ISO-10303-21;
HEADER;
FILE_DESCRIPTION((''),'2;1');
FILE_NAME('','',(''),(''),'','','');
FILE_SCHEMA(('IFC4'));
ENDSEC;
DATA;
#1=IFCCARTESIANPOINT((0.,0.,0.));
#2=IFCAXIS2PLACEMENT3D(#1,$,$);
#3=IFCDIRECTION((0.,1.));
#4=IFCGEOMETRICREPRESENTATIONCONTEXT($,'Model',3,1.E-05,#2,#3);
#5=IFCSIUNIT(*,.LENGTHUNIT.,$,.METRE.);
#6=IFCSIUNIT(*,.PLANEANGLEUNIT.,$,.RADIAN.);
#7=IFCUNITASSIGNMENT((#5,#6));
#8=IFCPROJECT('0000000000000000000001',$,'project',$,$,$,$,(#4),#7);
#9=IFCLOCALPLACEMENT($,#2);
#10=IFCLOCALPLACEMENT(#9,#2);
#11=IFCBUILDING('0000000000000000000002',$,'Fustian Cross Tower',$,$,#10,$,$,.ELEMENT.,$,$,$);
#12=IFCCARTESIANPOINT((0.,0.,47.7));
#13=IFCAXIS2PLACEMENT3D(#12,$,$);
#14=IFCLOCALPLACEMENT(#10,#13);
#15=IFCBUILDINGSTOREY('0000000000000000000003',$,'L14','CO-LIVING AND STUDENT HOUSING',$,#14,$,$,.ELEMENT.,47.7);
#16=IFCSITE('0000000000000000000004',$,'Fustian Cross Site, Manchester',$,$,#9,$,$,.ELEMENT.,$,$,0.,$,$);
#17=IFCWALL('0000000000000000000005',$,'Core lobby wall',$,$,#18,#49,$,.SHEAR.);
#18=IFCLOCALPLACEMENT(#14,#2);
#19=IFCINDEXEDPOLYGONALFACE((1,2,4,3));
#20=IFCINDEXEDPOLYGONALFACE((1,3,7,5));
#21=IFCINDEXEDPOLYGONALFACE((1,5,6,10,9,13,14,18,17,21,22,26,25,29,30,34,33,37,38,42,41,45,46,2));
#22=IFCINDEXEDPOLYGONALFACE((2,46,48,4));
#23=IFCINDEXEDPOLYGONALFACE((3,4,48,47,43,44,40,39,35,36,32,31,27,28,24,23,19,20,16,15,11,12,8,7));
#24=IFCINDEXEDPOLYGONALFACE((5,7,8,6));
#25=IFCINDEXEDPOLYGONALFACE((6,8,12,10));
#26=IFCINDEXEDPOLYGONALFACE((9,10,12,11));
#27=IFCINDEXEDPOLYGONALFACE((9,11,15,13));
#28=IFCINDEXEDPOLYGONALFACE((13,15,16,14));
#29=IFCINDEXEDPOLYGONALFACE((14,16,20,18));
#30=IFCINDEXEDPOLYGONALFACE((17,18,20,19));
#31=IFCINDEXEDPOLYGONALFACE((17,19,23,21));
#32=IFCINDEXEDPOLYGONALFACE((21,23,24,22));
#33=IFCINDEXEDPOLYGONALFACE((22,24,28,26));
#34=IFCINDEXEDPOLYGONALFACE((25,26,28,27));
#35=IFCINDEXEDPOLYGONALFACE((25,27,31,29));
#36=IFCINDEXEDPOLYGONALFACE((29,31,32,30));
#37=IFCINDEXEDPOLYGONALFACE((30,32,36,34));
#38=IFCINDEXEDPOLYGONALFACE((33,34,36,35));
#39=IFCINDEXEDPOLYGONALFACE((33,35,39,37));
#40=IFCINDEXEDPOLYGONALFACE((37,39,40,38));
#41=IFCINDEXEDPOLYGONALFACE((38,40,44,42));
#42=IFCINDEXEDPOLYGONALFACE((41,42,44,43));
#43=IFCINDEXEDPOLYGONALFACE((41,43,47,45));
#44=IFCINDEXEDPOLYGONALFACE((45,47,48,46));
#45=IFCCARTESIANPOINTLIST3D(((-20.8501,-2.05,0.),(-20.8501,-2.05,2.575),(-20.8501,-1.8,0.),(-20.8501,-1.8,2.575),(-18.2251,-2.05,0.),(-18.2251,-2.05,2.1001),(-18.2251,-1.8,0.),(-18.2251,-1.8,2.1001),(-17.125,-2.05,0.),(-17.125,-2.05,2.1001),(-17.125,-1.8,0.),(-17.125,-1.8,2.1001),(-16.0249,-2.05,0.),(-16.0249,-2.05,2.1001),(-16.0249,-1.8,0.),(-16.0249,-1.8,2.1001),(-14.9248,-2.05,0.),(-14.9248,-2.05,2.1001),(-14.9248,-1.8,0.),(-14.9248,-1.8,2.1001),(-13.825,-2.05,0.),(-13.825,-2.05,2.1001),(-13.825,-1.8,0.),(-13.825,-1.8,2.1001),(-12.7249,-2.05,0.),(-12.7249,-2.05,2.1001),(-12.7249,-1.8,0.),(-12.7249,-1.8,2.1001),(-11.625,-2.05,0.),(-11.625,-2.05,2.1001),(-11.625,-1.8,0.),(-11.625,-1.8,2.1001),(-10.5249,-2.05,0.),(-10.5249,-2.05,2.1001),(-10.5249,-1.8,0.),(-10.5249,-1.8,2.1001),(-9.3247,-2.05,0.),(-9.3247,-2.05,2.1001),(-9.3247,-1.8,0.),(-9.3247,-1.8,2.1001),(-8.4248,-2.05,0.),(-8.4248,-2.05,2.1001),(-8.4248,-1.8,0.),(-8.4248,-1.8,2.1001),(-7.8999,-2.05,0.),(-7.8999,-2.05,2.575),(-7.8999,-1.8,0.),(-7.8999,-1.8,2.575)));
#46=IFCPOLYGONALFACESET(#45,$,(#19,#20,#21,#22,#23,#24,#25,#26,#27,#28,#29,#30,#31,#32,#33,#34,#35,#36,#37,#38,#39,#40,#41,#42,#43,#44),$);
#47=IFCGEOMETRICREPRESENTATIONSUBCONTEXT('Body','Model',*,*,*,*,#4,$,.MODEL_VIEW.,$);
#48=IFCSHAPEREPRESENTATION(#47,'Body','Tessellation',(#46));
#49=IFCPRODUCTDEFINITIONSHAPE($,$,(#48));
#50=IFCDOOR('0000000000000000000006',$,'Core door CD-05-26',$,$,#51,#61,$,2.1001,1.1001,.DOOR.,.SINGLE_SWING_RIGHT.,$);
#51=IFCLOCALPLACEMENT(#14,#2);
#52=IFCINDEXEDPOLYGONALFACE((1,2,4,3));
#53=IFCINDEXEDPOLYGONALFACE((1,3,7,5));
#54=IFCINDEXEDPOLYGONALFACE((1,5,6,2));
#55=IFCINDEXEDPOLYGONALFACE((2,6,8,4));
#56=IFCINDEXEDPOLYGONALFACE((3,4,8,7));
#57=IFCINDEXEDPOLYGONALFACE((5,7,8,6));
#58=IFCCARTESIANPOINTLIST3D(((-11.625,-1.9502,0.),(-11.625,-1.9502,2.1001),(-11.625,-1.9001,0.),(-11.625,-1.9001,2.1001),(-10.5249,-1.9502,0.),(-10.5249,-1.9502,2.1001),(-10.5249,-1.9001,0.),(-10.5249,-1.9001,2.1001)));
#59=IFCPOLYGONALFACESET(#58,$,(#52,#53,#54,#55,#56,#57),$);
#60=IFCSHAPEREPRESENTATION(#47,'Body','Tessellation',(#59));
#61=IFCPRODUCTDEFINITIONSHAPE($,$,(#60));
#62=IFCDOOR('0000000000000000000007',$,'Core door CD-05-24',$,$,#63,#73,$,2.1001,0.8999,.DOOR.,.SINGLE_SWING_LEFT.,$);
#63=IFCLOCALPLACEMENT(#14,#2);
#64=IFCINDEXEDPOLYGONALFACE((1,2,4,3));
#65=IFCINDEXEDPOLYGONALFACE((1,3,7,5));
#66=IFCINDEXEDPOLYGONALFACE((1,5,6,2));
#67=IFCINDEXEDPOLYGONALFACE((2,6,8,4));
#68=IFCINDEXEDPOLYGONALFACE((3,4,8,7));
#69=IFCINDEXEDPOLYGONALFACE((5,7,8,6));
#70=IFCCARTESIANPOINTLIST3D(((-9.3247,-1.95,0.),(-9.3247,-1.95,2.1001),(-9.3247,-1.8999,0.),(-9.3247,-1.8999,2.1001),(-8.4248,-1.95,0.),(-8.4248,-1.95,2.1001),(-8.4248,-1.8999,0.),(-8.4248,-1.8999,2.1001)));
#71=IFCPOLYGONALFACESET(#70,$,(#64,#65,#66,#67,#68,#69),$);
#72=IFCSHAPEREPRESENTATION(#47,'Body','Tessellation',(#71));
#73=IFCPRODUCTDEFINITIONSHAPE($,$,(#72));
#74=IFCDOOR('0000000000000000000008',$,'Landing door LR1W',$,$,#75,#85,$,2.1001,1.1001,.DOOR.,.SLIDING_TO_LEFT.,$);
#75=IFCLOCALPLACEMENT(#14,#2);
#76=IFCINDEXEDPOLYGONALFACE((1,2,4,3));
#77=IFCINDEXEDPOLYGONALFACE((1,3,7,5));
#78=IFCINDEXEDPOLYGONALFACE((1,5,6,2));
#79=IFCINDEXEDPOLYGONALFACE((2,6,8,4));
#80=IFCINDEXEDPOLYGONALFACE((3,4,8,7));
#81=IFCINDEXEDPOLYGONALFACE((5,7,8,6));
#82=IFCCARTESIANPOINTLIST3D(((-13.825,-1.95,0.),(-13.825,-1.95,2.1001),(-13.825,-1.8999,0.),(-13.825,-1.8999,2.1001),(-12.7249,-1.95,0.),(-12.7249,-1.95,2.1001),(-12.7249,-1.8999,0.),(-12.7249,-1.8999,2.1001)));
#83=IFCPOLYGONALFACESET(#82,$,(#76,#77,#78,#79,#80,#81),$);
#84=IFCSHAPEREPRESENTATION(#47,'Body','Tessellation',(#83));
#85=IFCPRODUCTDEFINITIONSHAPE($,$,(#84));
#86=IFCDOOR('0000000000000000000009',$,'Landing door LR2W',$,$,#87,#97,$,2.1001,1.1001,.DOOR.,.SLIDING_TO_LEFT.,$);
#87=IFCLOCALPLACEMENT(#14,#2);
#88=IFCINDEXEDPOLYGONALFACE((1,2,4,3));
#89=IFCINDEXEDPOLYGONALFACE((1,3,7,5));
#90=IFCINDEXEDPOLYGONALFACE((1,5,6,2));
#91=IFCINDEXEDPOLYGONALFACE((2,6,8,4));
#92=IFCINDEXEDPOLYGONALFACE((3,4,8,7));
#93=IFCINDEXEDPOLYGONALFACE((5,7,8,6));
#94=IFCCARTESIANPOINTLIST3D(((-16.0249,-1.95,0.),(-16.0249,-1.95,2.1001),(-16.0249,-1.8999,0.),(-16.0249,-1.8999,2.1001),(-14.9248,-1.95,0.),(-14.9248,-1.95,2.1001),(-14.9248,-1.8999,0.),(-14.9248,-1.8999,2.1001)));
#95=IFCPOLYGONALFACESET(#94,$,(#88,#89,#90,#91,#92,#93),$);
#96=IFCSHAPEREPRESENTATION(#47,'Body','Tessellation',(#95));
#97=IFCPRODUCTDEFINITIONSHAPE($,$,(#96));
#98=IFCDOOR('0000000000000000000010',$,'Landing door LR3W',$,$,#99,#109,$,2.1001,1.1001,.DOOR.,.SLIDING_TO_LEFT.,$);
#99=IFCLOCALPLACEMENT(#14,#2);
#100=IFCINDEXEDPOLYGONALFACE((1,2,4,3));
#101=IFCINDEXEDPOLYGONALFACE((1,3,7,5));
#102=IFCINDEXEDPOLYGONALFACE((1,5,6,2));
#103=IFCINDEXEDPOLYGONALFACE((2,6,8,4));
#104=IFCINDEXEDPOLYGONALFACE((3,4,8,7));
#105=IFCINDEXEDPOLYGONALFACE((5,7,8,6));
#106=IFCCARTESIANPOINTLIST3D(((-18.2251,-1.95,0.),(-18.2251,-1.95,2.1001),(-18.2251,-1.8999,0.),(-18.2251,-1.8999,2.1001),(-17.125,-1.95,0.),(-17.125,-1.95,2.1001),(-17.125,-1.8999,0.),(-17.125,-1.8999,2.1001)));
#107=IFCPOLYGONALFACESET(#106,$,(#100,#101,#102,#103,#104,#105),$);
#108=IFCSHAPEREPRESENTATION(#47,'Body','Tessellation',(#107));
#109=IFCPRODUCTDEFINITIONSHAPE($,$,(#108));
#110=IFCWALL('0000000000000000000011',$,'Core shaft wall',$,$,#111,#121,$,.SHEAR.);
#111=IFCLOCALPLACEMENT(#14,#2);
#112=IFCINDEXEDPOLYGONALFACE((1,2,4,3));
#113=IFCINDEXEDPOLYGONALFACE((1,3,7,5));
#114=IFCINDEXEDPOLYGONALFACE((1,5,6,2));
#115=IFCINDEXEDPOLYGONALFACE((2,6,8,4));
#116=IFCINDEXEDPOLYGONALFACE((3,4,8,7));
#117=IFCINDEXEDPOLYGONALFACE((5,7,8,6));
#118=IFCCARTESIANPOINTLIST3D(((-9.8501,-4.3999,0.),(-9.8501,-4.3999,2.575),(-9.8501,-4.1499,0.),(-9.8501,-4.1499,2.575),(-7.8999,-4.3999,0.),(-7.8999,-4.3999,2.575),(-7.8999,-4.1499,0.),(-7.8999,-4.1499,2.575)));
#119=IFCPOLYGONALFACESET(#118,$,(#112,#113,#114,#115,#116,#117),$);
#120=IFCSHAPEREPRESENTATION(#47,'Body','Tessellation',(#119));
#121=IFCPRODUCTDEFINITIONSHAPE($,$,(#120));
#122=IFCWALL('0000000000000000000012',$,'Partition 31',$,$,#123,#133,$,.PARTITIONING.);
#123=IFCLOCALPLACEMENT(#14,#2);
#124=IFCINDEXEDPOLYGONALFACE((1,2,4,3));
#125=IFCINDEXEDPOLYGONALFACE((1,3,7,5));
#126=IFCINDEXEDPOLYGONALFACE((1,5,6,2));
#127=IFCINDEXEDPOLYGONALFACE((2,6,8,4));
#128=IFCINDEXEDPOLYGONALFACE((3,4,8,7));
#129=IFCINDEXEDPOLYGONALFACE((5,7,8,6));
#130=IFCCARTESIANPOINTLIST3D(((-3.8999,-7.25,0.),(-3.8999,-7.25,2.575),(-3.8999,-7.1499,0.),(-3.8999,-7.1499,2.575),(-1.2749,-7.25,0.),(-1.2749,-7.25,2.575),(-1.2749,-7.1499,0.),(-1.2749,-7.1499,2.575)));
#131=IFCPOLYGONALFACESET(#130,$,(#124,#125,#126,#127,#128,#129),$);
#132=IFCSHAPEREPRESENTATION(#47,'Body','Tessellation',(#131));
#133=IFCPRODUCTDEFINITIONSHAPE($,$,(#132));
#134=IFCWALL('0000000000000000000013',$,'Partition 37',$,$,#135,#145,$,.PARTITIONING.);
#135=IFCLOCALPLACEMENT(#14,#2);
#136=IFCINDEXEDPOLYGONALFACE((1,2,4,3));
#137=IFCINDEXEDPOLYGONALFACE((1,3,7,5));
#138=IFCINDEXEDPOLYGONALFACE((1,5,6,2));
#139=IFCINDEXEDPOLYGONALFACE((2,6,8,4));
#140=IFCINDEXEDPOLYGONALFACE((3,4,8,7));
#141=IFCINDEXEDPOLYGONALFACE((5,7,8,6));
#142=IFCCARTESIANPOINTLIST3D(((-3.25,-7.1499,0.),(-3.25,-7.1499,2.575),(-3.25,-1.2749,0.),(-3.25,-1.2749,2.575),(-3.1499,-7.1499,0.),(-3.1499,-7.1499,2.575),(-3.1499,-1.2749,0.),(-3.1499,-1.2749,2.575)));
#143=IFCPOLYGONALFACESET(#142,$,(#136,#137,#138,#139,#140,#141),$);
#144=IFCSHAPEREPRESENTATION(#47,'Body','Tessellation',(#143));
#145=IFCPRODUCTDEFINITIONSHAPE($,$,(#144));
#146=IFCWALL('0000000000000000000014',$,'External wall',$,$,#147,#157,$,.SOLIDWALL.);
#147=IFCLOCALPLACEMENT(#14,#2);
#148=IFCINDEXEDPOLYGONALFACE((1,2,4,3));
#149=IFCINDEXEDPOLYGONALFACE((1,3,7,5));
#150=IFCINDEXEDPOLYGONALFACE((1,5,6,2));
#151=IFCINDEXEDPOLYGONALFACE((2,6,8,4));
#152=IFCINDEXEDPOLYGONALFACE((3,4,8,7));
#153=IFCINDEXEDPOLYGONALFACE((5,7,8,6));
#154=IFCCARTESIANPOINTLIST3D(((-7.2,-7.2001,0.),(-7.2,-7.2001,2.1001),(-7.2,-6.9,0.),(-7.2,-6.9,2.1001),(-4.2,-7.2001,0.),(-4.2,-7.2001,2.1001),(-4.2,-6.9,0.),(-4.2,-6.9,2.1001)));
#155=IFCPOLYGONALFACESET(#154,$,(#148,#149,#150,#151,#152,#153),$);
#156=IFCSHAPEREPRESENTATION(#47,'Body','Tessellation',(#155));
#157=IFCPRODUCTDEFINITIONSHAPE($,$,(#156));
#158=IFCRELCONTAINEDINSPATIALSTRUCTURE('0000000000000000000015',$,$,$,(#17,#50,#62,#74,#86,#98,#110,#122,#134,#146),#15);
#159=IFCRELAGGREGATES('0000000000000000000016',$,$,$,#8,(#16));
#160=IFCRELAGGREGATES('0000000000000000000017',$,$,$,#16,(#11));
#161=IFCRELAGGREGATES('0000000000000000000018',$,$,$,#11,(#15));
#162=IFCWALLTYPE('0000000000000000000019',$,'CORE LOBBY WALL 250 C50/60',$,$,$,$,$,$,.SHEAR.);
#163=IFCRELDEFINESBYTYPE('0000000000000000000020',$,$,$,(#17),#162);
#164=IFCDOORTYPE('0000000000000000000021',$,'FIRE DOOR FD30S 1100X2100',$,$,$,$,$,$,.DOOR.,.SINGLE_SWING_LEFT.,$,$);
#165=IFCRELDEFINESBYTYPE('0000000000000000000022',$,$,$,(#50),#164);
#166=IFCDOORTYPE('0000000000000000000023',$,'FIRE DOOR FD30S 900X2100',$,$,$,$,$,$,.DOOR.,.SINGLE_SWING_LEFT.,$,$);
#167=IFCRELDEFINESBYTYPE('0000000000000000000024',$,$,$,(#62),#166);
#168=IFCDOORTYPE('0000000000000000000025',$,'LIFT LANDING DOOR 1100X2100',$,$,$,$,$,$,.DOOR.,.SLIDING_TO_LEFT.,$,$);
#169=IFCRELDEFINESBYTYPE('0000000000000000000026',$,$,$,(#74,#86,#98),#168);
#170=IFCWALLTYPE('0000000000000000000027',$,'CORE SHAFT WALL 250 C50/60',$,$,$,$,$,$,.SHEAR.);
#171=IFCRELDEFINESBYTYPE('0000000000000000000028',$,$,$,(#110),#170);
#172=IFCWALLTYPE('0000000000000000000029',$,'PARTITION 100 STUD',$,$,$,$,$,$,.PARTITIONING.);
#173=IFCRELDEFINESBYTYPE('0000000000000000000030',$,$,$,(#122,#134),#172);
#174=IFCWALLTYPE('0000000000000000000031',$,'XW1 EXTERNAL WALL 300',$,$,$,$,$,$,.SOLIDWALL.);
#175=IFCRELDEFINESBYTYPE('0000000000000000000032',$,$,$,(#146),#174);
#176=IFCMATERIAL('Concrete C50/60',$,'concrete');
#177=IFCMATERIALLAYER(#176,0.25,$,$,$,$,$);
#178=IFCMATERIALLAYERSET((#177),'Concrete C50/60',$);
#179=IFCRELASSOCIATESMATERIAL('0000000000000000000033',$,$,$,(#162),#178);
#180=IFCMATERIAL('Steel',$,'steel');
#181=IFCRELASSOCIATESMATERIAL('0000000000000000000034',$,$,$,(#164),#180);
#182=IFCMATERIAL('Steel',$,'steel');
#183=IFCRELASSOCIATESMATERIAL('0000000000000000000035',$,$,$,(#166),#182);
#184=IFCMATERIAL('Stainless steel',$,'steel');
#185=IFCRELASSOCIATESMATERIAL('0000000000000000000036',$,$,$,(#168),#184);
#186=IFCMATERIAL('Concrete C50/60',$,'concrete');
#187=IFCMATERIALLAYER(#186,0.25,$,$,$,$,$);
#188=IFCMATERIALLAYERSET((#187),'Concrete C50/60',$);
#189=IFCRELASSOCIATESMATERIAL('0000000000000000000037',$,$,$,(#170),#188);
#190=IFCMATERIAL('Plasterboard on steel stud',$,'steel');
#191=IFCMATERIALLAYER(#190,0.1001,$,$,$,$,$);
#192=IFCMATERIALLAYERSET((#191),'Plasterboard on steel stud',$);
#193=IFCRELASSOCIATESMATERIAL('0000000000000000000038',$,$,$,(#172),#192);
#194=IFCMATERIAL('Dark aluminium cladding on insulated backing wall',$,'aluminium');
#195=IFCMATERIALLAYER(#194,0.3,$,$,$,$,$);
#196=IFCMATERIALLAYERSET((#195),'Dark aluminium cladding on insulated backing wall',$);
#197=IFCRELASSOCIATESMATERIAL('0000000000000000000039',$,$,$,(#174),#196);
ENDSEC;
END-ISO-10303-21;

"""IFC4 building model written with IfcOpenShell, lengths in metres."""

from ifc_helpers import new_model, si_unit, direction, frame, frame_2d, origin, place, context, subcontext, project, spatial, rectangle, extrude, material, layer, layer_set, type_object, element, fill, save


model = new_model("IFC4")

# Units and contexts
model_context = context("Model", 3, precision=1e-05, world=origin(), true_north=direction((0.0, 1.0)))
body_context = subcontext(model_context, "Body", "Model", "MODEL_VIEW")
ifc_project = project(units=[si_unit("LENGTHUNIT", "METRE"), si_unit("PLANEANGLEUNIT", "RADIAN")], contexts=[model_context])

# Site, building, storey
site_placement = place(None, origin())
site = spatial("IfcSite", under=ifc_project, at=site_placement, Name="Fustian Cross Site, Manchester", CompositionType="ELEMENT", RefElevation=0.0)
building_placement = place(site_placement, origin())
building = spatial("IfcBuilding", under=site, at=building_placement, Name="Fustian Cross Tower", CompositionType="ELEMENT")
storey_placement = place(building_placement, frame((0.0, 0.0, 47.7)))
storey = spatial("IfcBuildingStorey", under=building, at=storey_placement, Name="L14", Description="CO-LIVING AND STUDENT HOUSING", CompositionType="ELEMENT", Elevation=47.7)

# Wall, openings, doors
ifc_material_1 = material(Name="Concrete C50/60", Category="concrete")
ifc_layer_1 = layer(ifc_material_1, 0.25)
ifc_layer_set_1 = layer_set([ifc_layer_1], Name="Concrete C50/60")
wall_type_1 = type_object("IfcWallType", Name="CORE LOBBY WALL 250 C50/60", PredefinedType="SHEAR", material=ifc_layer_set_1)
wall_1_placement = place(storey_placement, frame((-7.8999, -1.925, 0.0), z_axis=(0.0, 0.0, 1.0), x_axis=(-1.0, 0.0, 0.0)))
wall_1 = element("IfcWall", 1, at=wall_1_placement, inside=storey, type_object=wall_type_1, Name="Core lobby wall", PredefinedType="SHEAR", context=body_context, shape_type="SweptSolid", body=[
    extrude(rectangle(XDim=12.9502, YDim=0.25, at=frame_2d((6.4751, 0.0))), origin(), (0.0, 0.0, 1.0), 2.575),
])
opening_1_placement = place(wall_1_placement, frame((4.825, 0.0, 0.0)))
opening_1 = element("IfcOpeningElement", 2, at=opening_1_placement, cuts=wall_1, PredefinedType="OPENING", context=body_context, shape_type="SweptSolid", body=[
    extrude(rectangle(XDim=1.1001, YDim=2.1001, at=frame_2d((0.55, 1.05))), frame((0.0, 0.135, 0.0), z_axis=(0.0, -1.0, 0.0), x_axis=(1.0, 0.0, 0.0)), (0.0, 0.0, 1.0), 0.27),
])
opening_2_placement = place(wall_1_placement, frame((7.0249, 0.0, 0.0)))
opening_2 = element("IfcOpeningElement", 3, at=opening_2_placement, cuts=wall_1, PredefinedType="OPENING", context=body_context, shape_type="SweptSolid", body=[
    extrude(rectangle(XDim=1.1001, YDim=2.1001, at=frame_2d((0.55, 1.05))), frame((0.0, 0.135, 0.0), z_axis=(0.0, -1.0, 0.0), x_axis=(1.0, 0.0, 0.0)), (0.0, 0.0, 1.0), 0.27),
])
opening_3_placement = place(wall_1_placement, frame((9.2251, 0.0, 0.0)))
opening_3 = element("IfcOpeningElement", 4, at=opening_3_placement, cuts=wall_1, PredefinedType="OPENING", context=body_context, shape_type="SweptSolid", body=[
    extrude(rectangle(XDim=1.1001, YDim=2.1001, at=frame_2d((0.55, 1.05))), frame((0.0, 0.135, 0.0), z_axis=(0.0, -1.0, 0.0), x_axis=(1.0, 0.0, 0.0)), (0.0, 0.0, 1.0), 0.27),
])
opening_4_placement = place(wall_1_placement, frame((0.5249, 0.0, 0.0)))
opening_4 = element("IfcOpeningElement", 5, at=opening_4_placement, cuts=wall_1, PredefinedType="OPENING", context=body_context, shape_type="SweptSolid", body=[
    extrude(rectangle(XDim=0.8999, YDim=2.1001, at=frame_2d((0.45, 1.05))), frame((0.0, 0.135, 0.0), z_axis=(0.0, -1.0, 0.0), x_axis=(1.0, 0.0, 0.0)), (0.0, 0.0, 1.0), 0.27),
])
opening_5_placement = place(wall_1_placement, frame((2.625, 0.0, 0.0)))
opening_5 = element("IfcOpeningElement", 6, at=opening_5_placement, cuts=wall_1, PredefinedType="OPENING", context=body_context, shape_type="SweptSolid", body=[
    extrude(rectangle(XDim=1.1001, YDim=2.1001, at=frame_2d((0.55, 1.05))), frame((0.0, 0.135, 0.0), z_axis=(0.0, -1.0, 0.0), x_axis=(1.0, 0.0, 0.0)), (0.0, 0.0, 1.0), 0.27),
])
ifc_material_2 = material(Name="Steel", Category="steel")
door_type_1 = type_object("IfcDoorType", Name="FIRE DOOR FD30S 1100X2100", OperationType="SINGLE_SWING_LEFT", PredefinedType="DOOR", material=ifc_material_2)
door_1_placement = place(opening_5_placement, frame((1.1001, 0.0, 0.0), z_axis=(0.0, 0.0, 1.0), x_axis=(-1.0, 0.0, 0.0)))
door_1 = element("IfcDoor", 7, at=door_1_placement, inside=storey, type_object=door_type_1, Name="Core door CD-05-26", OperationType="SINGLE_SWING_RIGHT", OverallHeight=2.1001, OverallWidth=1.1001, PredefinedType="DOOR", context=body_context, shape_type="SweptSolid", body=[
    extrude(rectangle(XDim=1.1001, YDim=2.1001, at=frame_2d((0.55, 1.05))), frame((0.0, 0.0249, 0.0), z_axis=(0.0, -1.0, 0.0), x_axis=(1.0, 0.0, 0.0)), (0.0, 0.0, 1.0), 0.05),
])
fill(opening_5, door_1)
ifc_material_3 = material(Name="Steel", Category="steel")
door_type_2 = type_object("IfcDoorType", Name="FIRE DOOR FD30S 900X2100", OperationType="SINGLE_SWING_LEFT", PredefinedType="DOOR", material=ifc_material_3)
door_2_placement = place(opening_4_placement, origin())
door_2 = element("IfcDoor", 8, at=door_2_placement, inside=storey, type_object=door_type_2, Name="Core door CD-05-24", OperationType="SINGLE_SWING_LEFT", OverallHeight=2.1001, OverallWidth=0.8999, PredefinedType="DOOR", context=body_context, shape_type="SweptSolid", body=[
    extrude(rectangle(XDim=0.8999, YDim=2.1001, at=frame_2d((0.45, 1.05))), frame((0.0, 0.0249, 0.0), z_axis=(0.0, -1.0, 0.0), x_axis=(1.0, 0.0, 0.0)), (0.0, 0.0, 1.0), 0.05),
])
fill(opening_4, door_2)
ifc_material_4 = material(Name="Stainless steel", Category="steel")
door_type_3 = type_object("IfcDoorType", Name="LIFT LANDING DOOR 1100X2100", OperationType="SLIDING_TO_LEFT", PredefinedType="DOOR", material=ifc_material_4)
door_3_placement = place(opening_1_placement, origin())
door_3 = element("IfcDoor", 9, at=door_3_placement, inside=storey, type_object=door_type_3, Name="Landing door LR1W", OperationType="SLIDING_TO_LEFT", OverallHeight=2.1001, OverallWidth=1.1001, PredefinedType="DOOR", context=body_context, shape_type="SweptSolid", body=[
    extrude(rectangle(XDim=1.1001, YDim=2.1001, at=frame_2d((0.55, 1.05))), frame((0.0, 0.0249, 0.0), z_axis=(0.0, -1.0, 0.0), x_axis=(1.0, 0.0, 0.0)), (0.0, 0.0, 1.0), 0.05),
])
fill(opening_1, door_3)
door_4_placement = place(opening_2_placement, origin())
door_4 = element("IfcDoor", 10, at=door_4_placement, inside=storey, type_object=door_type_3, Name="Landing door LR2W", OperationType="SLIDING_TO_LEFT", OverallHeight=2.1001, OverallWidth=1.1001, PredefinedType="DOOR", context=body_context, shape_type="SweptSolid", body=[
    extrude(rectangle(XDim=1.1001, YDim=2.1001, at=frame_2d((0.55, 1.05))), frame((0.0, 0.0249, 0.0), z_axis=(0.0, -1.0, 0.0), x_axis=(1.0, 0.0, 0.0)), (0.0, 0.0, 1.0), 0.05),
])
fill(opening_2, door_4)
door_5_placement = place(opening_3_placement, origin())
door_5 = element("IfcDoor", 11, at=door_5_placement, inside=storey, type_object=door_type_3, Name="Landing door LR3W", OperationType="SLIDING_TO_LEFT", OverallHeight=2.1001, OverallWidth=1.1001, PredefinedType="DOOR", context=body_context, shape_type="SweptSolid", body=[
    extrude(rectangle(XDim=1.1001, YDim=2.1001, at=frame_2d((0.55, 1.05))), frame((0.0, 0.0249, 0.0), z_axis=(0.0, -1.0, 0.0), x_axis=(1.0, 0.0, 0.0)), (0.0, 0.0, 1.0), 0.05),
])
fill(opening_3, door_5)

# Walls
ifc_material_5 = material(Name="Concrete C50/60", Category="concrete")
ifc_layer_2 = layer(ifc_material_5, 0.25)
ifc_layer_set_2 = layer_set([ifc_layer_2], Name="Concrete C50/60")
wall_type_2 = type_object("IfcWallType", Name="CORE SHAFT WALL 250 C50/60", PredefinedType="SHEAR", material=ifc_layer_set_2)
wall_2_placement = place(storey_placement, frame((-7.8999, -4.2749, 0.0), z_axis=(0.0, 0.0, 1.0), x_axis=(-1.0, 0.0, 0.0)))
element("IfcWall", 12, at=wall_2_placement, inside=storey, type_object=wall_type_2, Name="Core shaft wall", PredefinedType="SHEAR", context=body_context, shape_type="SweptSolid", body=[
    extrude(rectangle(XDim=1.9502, YDim=0.25, at=frame_2d((0.9751, 0.0))), origin(), (0.0, 0.0, 1.0), 2.575),
])
ifc_material_6 = material(Name="Plasterboard on steel stud", Category="steel")
ifc_layer_3 = layer(ifc_material_6, 0.1001)
ifc_layer_set_3 = layer_set([ifc_layer_3], Name="Plasterboard on steel stud")
wall_type_3 = type_object("IfcWallType", Name="PARTITION 100 STUD", PredefinedType="PARTITIONING", material=ifc_layer_set_3)
wall_3_placement = place(storey_placement, frame((-3.8999, -7.2, 0.0), z_axis=(0.0, 0.0, 1.0), x_axis=(1.0, 0.0, 0.0)))
element("IfcWall", 13, at=wall_3_placement, inside=storey, type_object=wall_type_3, Name="Partition 31", PredefinedType="PARTITIONING", context=body_context, shape_type="SweptSolid", body=[
    extrude(rectangle(XDim=2.625, YDim=0.1001, at=frame_2d((1.3125, 0.0))), origin(), (0.0, 0.0, 1.0), 2.575),
])
wall_4_placement = place(storey_placement, frame((-3.2, -7.1499, 0.0), z_axis=(0.0, 0.0, 1.0), x_axis=(0.0, 1.0, 0.0)))
element("IfcWall", 14, at=wall_4_placement, inside=storey, type_object=wall_type_3, Name="Partition 37", PredefinedType="PARTITIONING", context=body_context, shape_type="SweptSolid", body=[
    extrude(rectangle(XDim=5.875, YDim=0.1001, at=frame_2d((2.9375, 0.0))), origin(), (0.0, 0.0, 1.0), 2.575),
])
ifc_material_7 = material(Name="Dark aluminium cladding on insulated backing wall", Category="aluminium")
ifc_layer_4 = layer(ifc_material_7, 0.3)
ifc_layer_set_4 = layer_set([ifc_layer_4], Name="Dark aluminium cladding on insulated backing wall")
wall_type_4 = type_object("IfcWallType", Name="XW1 EXTERNAL WALL 300", PredefinedType="SOLIDWALL", material=ifc_layer_set_4)
wall_5_placement = place(storey_placement, frame((-7.2, -7.05, 0.0), z_axis=(0.0, 0.0, 1.0), x_axis=(1.0, 0.0, 0.0)))
element("IfcWall", 15, at=wall_5_placement, inside=storey, type_object=wall_type_4, Name="External wall", PredefinedType="SOLIDWALL", context=body_context, shape_type="SweptSolid", body=[
    extrude(rectangle(XDim=3.0, YDim=0.3, at=frame_2d((1.5, 0.0))), origin(), (0.0, 0.0, 1.0), 2.1001),
])

save(model, "model.ifc")
